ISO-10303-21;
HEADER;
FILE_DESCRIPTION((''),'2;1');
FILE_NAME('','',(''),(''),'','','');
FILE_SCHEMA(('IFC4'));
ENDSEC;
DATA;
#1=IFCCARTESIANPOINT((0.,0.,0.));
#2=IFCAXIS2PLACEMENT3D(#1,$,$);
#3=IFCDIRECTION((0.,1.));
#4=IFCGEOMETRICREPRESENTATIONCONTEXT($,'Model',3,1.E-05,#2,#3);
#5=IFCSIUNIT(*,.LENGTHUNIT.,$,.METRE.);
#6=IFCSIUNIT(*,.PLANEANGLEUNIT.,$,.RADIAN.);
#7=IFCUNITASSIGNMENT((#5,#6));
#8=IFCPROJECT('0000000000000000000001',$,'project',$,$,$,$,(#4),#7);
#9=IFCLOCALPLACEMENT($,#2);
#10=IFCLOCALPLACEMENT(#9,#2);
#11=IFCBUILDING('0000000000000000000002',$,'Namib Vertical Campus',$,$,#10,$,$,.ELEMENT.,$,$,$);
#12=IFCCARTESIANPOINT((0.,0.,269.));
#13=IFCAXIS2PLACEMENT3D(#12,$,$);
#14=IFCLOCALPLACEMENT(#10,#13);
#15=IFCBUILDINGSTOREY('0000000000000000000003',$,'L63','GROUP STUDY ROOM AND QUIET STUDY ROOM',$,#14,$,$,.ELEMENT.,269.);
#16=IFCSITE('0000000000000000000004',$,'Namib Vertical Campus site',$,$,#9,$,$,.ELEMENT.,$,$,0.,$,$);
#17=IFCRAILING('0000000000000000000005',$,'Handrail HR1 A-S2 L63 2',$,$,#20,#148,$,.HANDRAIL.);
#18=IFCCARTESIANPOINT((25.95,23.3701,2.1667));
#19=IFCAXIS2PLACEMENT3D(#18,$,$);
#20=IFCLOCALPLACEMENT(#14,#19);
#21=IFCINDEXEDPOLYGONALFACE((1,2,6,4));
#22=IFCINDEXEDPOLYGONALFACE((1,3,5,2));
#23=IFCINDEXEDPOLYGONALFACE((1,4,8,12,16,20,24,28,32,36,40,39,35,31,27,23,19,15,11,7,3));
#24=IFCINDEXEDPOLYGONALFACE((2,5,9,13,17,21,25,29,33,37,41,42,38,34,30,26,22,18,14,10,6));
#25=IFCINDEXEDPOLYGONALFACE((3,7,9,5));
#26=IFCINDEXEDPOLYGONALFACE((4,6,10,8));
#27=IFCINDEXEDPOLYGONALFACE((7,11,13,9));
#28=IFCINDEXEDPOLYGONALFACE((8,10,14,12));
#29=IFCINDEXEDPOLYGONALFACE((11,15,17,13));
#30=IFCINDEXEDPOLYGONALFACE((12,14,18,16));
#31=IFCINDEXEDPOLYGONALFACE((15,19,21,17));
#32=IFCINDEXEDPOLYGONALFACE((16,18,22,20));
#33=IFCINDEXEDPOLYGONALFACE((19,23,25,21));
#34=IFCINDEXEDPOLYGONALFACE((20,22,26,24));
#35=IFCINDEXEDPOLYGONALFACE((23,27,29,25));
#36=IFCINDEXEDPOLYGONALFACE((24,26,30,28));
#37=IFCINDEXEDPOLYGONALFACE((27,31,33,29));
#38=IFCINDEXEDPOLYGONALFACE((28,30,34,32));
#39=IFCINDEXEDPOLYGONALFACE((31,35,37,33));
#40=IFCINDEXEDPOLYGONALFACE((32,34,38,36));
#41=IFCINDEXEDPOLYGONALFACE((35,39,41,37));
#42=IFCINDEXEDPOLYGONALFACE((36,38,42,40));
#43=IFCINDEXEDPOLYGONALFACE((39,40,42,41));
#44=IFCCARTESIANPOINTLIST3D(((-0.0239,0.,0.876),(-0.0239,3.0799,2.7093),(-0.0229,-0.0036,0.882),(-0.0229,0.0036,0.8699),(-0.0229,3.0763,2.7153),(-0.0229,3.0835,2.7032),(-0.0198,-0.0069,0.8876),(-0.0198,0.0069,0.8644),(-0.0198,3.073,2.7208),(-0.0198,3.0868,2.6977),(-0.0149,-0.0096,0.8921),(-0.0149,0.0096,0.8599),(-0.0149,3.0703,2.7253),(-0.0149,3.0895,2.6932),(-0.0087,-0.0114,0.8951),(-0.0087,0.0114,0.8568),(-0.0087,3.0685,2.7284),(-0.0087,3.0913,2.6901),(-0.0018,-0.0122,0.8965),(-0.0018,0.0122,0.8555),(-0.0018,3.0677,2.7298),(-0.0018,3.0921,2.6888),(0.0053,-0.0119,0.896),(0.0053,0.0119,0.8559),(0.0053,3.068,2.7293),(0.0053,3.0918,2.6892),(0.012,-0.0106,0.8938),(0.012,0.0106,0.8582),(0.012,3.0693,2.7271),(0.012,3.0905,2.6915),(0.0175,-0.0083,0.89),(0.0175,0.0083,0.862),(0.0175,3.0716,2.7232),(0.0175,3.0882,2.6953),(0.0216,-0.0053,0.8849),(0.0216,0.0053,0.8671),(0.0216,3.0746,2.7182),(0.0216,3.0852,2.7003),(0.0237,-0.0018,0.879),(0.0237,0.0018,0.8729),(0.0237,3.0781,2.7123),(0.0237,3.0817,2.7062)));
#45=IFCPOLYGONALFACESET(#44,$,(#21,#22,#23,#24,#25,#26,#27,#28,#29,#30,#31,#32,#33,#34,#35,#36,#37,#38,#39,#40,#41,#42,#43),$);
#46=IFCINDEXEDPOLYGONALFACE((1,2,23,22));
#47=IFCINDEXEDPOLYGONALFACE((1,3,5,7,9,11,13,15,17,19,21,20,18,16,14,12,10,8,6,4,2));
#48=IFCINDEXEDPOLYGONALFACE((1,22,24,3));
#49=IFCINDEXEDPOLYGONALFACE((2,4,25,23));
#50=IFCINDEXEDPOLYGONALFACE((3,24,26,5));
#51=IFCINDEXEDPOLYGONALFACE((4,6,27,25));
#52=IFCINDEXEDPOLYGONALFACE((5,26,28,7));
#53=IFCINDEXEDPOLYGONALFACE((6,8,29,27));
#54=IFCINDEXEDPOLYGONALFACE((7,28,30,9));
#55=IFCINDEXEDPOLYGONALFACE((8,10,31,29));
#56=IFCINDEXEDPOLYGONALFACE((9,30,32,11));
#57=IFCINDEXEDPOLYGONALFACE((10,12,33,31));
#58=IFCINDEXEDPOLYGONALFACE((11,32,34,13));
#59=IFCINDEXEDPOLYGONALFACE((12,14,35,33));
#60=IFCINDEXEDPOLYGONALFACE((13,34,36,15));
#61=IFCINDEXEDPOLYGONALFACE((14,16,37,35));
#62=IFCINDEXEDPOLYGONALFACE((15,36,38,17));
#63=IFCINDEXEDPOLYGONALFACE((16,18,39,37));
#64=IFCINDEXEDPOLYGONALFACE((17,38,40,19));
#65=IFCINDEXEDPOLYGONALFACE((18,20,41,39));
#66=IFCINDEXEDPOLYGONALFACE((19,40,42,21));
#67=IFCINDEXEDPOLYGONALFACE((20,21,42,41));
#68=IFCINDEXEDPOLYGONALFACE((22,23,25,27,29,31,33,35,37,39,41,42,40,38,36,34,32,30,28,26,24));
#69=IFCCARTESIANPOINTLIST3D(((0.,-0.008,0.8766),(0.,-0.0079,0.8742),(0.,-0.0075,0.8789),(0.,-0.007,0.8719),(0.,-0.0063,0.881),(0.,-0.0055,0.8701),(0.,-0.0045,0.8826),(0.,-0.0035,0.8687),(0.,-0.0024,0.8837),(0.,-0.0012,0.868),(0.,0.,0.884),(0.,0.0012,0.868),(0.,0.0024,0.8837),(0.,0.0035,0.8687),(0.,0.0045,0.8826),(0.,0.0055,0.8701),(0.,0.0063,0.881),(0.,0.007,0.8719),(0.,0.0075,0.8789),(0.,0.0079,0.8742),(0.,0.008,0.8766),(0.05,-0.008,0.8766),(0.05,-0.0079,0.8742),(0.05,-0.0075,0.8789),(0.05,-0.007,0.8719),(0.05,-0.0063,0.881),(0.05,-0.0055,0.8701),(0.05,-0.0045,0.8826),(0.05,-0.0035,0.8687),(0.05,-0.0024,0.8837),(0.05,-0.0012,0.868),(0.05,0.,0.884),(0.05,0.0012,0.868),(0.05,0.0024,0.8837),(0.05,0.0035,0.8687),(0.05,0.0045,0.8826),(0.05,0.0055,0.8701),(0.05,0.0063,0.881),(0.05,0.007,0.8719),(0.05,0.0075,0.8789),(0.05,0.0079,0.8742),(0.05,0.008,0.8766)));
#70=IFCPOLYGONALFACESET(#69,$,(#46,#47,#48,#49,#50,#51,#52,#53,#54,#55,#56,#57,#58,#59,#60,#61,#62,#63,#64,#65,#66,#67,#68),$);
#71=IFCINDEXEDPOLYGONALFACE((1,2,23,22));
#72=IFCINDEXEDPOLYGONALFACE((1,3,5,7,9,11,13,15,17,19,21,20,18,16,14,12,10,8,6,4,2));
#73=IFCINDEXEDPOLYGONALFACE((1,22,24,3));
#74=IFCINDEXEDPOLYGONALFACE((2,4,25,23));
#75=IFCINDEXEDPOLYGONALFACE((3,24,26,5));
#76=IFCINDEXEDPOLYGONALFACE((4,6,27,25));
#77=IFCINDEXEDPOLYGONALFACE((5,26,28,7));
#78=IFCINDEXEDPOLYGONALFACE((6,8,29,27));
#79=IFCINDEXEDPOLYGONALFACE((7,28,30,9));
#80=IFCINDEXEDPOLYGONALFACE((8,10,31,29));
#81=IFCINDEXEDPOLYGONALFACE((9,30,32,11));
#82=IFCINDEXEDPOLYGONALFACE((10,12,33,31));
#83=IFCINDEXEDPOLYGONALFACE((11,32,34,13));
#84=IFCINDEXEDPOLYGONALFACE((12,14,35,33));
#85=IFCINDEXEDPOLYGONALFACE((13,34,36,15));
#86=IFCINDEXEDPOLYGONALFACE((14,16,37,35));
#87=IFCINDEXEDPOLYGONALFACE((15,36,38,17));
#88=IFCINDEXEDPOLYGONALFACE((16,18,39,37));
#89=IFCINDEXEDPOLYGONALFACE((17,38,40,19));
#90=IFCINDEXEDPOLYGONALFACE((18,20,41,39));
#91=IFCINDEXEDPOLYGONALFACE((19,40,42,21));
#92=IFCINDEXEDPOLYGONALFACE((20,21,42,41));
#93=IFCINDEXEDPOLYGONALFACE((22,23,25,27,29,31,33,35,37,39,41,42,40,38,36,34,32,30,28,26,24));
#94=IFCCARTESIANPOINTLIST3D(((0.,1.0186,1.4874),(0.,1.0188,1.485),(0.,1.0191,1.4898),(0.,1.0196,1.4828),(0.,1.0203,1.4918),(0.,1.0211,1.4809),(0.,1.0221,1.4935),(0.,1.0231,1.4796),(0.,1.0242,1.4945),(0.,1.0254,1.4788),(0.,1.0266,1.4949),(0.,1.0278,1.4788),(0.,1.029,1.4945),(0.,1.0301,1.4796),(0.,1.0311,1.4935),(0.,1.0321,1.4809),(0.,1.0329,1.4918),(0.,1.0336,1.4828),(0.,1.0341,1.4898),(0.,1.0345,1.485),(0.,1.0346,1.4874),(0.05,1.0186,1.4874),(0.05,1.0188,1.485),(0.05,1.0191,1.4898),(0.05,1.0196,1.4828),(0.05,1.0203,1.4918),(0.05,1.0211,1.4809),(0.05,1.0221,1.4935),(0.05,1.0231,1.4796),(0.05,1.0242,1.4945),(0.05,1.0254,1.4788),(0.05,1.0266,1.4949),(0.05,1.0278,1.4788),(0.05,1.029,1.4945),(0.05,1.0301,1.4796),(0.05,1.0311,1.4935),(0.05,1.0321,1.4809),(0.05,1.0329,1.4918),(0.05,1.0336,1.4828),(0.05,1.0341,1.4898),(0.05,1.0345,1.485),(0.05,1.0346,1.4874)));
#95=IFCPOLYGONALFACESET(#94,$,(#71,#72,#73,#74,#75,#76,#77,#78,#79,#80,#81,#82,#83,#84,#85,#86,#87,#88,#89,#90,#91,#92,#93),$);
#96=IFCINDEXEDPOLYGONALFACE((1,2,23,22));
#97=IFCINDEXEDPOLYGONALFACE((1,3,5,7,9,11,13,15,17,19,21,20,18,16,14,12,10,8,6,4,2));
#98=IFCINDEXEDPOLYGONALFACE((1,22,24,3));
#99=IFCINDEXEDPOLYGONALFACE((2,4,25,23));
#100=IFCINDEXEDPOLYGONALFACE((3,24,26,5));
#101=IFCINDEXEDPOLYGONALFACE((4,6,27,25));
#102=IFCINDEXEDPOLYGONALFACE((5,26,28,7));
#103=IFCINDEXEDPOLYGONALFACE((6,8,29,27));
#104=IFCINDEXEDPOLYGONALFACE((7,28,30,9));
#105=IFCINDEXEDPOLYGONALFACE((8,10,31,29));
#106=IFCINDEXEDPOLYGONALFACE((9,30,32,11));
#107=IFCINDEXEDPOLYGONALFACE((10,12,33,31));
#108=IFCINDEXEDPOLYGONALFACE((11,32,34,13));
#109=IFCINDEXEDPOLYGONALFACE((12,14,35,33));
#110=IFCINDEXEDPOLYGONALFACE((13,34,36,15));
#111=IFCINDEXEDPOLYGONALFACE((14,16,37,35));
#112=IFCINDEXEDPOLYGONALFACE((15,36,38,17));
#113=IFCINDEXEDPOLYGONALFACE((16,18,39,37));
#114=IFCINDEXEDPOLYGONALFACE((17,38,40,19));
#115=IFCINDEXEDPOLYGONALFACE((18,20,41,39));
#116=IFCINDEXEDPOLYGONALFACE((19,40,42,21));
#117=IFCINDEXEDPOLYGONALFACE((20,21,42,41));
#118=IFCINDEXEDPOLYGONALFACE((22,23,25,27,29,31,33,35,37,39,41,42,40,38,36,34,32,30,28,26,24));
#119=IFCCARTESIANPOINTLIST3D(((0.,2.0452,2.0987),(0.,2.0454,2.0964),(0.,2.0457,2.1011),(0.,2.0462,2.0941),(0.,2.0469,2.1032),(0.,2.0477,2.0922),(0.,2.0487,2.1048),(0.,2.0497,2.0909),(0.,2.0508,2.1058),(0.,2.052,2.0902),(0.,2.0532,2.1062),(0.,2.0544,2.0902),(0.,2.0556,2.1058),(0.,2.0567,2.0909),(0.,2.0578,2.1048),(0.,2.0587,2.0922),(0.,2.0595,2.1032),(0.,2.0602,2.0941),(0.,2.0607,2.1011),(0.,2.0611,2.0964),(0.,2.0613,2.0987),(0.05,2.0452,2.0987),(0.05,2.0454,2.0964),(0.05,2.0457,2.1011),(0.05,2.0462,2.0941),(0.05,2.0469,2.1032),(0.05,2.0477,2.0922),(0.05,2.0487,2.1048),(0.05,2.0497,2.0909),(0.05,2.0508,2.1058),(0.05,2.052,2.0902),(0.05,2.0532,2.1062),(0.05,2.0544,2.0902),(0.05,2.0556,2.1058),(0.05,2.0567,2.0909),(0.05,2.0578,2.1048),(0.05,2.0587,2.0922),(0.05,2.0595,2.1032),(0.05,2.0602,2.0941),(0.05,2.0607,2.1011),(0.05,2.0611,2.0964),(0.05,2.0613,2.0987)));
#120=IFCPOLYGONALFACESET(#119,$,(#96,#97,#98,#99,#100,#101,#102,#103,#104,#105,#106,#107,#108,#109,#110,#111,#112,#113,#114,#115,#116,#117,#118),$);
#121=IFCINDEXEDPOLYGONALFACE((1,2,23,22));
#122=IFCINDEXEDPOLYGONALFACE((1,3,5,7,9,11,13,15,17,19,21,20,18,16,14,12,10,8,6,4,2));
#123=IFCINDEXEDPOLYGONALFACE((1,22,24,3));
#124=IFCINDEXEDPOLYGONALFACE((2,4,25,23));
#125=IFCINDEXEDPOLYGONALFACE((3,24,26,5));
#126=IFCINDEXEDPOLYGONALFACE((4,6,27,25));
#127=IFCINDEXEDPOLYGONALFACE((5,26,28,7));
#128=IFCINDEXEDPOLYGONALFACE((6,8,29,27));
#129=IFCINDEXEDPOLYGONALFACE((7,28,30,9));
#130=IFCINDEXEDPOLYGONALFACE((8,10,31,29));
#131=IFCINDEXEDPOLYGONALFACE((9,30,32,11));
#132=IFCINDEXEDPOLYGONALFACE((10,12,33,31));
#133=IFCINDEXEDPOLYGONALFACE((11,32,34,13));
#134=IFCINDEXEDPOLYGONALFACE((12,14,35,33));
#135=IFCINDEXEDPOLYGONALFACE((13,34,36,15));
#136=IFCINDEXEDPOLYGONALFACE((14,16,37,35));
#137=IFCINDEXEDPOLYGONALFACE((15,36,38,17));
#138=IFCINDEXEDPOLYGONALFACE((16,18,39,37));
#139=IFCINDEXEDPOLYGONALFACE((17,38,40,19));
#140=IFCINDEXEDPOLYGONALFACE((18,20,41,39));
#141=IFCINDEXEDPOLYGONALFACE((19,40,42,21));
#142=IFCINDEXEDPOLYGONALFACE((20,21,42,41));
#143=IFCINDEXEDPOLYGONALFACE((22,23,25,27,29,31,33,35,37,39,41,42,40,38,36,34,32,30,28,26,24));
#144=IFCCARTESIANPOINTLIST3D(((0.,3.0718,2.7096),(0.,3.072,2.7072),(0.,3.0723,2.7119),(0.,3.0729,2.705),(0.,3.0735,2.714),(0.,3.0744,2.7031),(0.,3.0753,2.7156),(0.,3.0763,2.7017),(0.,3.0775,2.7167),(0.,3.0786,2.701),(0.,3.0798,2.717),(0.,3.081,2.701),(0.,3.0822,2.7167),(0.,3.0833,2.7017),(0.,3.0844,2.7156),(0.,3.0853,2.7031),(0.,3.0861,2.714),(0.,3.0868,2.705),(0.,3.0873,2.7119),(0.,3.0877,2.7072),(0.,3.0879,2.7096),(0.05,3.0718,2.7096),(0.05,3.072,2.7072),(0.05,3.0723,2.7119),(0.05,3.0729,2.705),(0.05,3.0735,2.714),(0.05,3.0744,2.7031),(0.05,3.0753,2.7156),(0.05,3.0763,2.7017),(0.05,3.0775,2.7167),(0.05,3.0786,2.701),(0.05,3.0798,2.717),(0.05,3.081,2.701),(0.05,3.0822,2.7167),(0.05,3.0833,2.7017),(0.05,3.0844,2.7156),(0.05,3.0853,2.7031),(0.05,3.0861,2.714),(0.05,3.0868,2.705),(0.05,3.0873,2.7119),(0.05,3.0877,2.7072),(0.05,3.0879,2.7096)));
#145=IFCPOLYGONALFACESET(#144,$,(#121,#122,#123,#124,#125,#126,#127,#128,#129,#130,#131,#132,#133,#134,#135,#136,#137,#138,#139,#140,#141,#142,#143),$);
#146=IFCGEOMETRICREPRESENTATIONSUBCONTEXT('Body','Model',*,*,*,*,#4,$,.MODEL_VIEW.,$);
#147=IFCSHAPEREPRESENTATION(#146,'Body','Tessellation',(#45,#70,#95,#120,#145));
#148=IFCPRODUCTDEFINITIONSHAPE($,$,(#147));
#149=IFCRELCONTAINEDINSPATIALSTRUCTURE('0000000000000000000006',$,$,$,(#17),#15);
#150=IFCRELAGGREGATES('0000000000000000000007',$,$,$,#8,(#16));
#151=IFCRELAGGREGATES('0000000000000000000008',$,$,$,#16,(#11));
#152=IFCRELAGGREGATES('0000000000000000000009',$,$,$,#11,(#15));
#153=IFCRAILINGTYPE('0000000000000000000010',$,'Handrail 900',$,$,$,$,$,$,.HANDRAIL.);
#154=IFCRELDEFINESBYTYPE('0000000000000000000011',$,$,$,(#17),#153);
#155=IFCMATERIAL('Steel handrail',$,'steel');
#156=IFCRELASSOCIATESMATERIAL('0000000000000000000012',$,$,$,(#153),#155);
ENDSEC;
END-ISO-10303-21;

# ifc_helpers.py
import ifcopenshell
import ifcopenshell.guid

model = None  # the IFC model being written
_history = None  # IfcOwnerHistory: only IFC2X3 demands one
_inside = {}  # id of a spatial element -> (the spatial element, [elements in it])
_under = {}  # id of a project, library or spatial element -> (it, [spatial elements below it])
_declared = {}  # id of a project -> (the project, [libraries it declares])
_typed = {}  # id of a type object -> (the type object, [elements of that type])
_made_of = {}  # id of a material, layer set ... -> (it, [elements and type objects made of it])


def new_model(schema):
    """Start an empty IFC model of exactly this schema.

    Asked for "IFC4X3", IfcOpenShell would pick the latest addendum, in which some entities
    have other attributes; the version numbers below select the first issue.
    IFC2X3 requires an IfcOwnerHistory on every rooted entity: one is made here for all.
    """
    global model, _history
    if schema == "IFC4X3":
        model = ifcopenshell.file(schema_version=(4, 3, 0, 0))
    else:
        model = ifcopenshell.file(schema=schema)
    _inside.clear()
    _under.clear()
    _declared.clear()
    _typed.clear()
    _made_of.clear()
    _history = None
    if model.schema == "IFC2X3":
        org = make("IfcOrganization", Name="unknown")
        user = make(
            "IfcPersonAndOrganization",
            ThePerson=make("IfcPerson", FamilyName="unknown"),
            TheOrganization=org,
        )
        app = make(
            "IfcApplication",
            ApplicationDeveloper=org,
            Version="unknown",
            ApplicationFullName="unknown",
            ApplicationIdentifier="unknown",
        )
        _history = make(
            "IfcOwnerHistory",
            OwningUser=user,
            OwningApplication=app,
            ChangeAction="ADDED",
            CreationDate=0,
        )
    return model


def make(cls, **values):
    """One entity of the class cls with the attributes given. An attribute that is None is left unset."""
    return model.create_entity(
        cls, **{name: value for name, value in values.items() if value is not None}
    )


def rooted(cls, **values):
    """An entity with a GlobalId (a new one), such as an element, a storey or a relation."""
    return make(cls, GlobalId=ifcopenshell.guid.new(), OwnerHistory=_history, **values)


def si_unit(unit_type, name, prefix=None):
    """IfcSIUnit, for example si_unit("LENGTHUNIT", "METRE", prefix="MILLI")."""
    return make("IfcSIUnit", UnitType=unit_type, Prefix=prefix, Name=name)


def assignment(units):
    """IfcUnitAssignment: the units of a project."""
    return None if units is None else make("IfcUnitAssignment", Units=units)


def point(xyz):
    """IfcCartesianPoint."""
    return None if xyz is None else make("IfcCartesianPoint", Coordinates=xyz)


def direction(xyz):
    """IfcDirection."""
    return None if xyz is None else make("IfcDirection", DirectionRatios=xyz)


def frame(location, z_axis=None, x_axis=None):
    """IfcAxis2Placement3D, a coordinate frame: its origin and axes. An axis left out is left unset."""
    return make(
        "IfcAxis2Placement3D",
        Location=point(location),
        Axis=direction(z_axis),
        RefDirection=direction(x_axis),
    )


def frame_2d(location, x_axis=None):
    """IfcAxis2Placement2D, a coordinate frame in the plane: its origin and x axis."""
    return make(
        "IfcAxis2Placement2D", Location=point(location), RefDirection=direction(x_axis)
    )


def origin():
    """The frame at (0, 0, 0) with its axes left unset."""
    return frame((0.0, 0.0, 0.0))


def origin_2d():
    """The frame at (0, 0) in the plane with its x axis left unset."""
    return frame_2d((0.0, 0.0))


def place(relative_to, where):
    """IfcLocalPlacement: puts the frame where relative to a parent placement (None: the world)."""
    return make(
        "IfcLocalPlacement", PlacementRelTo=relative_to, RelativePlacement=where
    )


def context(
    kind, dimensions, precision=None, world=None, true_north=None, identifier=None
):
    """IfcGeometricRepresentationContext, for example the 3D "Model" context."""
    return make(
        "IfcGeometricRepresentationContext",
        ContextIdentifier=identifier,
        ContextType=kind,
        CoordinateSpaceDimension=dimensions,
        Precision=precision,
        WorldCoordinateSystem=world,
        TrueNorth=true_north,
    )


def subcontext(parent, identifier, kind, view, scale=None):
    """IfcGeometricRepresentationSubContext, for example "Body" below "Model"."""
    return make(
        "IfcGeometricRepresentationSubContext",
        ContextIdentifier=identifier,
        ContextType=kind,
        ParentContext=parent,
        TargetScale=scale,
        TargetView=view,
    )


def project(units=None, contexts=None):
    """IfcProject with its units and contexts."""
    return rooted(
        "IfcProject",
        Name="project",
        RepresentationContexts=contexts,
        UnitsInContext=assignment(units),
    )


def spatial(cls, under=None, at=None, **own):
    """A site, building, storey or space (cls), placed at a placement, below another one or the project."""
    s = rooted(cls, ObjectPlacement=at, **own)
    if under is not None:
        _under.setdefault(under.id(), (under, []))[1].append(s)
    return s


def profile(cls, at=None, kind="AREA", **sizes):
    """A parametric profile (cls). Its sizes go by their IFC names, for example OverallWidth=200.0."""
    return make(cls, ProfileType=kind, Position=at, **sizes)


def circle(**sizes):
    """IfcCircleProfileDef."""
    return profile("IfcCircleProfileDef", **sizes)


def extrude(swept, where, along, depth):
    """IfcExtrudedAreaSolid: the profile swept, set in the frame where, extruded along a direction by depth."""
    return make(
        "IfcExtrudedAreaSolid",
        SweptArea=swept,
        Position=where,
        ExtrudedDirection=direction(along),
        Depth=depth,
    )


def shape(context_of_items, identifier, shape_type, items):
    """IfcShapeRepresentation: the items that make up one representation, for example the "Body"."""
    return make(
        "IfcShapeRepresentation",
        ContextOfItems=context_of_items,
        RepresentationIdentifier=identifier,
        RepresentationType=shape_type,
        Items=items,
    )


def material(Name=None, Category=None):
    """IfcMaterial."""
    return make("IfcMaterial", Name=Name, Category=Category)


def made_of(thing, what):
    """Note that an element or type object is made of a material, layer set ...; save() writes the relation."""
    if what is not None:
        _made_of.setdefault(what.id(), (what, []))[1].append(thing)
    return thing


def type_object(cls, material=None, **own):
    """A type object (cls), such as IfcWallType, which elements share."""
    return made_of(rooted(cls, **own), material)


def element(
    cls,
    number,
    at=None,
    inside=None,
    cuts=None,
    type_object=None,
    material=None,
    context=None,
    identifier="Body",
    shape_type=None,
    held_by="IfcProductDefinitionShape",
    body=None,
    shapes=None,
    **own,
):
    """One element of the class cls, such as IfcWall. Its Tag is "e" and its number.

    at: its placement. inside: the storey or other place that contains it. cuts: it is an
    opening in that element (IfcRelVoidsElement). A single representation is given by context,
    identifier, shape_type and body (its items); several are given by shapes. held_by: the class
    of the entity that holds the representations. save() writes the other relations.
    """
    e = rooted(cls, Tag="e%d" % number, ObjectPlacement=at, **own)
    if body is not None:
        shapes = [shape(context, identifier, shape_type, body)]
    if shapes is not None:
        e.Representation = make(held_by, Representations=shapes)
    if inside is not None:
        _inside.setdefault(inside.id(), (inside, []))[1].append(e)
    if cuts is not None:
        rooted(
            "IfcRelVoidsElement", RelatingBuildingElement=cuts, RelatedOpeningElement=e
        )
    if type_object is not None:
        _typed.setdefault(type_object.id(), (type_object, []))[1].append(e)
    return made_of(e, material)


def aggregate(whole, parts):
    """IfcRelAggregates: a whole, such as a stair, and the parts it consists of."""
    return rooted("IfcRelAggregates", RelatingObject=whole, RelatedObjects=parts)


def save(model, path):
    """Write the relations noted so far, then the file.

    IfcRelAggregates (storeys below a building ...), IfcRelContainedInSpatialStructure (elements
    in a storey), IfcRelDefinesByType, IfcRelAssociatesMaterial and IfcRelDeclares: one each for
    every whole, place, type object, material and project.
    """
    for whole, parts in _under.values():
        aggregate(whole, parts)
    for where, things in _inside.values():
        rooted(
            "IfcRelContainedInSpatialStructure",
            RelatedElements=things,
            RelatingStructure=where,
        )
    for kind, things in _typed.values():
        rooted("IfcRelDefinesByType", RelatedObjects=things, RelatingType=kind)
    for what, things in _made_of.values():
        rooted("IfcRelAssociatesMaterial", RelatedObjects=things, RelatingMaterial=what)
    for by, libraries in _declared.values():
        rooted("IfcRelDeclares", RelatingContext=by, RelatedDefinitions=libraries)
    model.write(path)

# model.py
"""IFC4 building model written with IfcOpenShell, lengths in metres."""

from ifc_helpers import new_model, si_unit, direction, frame, origin, origin_2d, place, context, subcontext, project, spatial, circle, extrude, material, type_object, element, save


model = new_model("IFC4")

# Units and contexts
model_context = context("Model", 3, precision=1e-05, world=origin(), true_north=direction((0.0, 1.0)))
body_context = subcontext(model_context, "Body", "Model", "MODEL_VIEW")
ifc_project = project(units=[si_unit("LENGTHUNIT", "METRE"), si_unit("PLANEANGLEUNIT", "RADIAN")], contexts=[model_context])

# Site, building, storey
site_placement = place(None, origin())
site = spatial("IfcSite", under=ifc_project, at=site_placement, Name="Namib Vertical Campus site", CompositionType="ELEMENT", RefElevation=0.0)
building_placement = place(site_placement, origin())
building = spatial("IfcBuilding", under=site, at=building_placement, Name="Namib Vertical Campus", CompositionType="ELEMENT")
storey_placement = place(building_placement, frame((0.0, 0.0, 269.0)))
storey = spatial("IfcBuildingStorey", under=building, at=storey_placement, Name="L63", Description="GROUP STUDY ROOM AND QUIET STUDY ROOM", CompositionType="ELEMENT", Elevation=269.0)

# Railing
ifc_material_1 = material(Name="Steel handrail", Category="steel")
railing_type_1 = type_object("IfcRailingType", Name="Handrail 900", PredefinedType="HANDRAIL", material=ifc_material_1)
railing_1_placement = place(storey_placement, frame((25.95, 23.3701, 2.1667)))
element("IfcRailing", 1, at=railing_1_placement, inside=storey, type_object=railing_type_1, Name="Handrail HR1 A-S2 L63 2", PredefinedType="HANDRAIL", context=body_context, shape_type="SweptSolid", body=[
    extrude(circle(Radius=0.0239, at=origin_2d()), frame((0.0, 0.0, 0.876), z_axis=(0.0, 0.859291, 0.511487), x_axis=(-1.0, 0.0, 0.0)), (0.0, 0.0, 1.0), 3.5842),
    extrude(circle(Radius=0.0081, at=origin_2d()), frame((0.0, 0.0, 0.876), z_axis=(1.0, 0.0, 0.0), x_axis=(0.0, 0.0, 1.0)), (0.0, 0.0, 1.0), 0.05),
    extrude(circle(Radius=0.0081, at=origin_2d()), frame((0.0, 1.0266, 1.4868), z_axis=(1.0, 0.0, 0.0), x_axis=(0.0, 0.0, 1.0)), (0.0, 0.0, 1.0), 0.05),
    extrude(circle(Radius=0.0081, at=origin_2d()), frame((0.0, 2.0532, 2.0981), z_axis=(1.0, 0.0, 0.0), x_axis=(0.0, 0.0, 1.0)), (0.0, 0.0, 1.0), 0.05),
    extrude(circle(Radius=0.0081, at=origin_2d()), frame((0.0, 3.0798, 2.709), z_axis=(1.0, 0.0, 0.0), x_axis=(0.0, 0.0, 1.0)), (0.0, 0.0, 1.0), 0.05),
])

save(model, "model.ifc")
